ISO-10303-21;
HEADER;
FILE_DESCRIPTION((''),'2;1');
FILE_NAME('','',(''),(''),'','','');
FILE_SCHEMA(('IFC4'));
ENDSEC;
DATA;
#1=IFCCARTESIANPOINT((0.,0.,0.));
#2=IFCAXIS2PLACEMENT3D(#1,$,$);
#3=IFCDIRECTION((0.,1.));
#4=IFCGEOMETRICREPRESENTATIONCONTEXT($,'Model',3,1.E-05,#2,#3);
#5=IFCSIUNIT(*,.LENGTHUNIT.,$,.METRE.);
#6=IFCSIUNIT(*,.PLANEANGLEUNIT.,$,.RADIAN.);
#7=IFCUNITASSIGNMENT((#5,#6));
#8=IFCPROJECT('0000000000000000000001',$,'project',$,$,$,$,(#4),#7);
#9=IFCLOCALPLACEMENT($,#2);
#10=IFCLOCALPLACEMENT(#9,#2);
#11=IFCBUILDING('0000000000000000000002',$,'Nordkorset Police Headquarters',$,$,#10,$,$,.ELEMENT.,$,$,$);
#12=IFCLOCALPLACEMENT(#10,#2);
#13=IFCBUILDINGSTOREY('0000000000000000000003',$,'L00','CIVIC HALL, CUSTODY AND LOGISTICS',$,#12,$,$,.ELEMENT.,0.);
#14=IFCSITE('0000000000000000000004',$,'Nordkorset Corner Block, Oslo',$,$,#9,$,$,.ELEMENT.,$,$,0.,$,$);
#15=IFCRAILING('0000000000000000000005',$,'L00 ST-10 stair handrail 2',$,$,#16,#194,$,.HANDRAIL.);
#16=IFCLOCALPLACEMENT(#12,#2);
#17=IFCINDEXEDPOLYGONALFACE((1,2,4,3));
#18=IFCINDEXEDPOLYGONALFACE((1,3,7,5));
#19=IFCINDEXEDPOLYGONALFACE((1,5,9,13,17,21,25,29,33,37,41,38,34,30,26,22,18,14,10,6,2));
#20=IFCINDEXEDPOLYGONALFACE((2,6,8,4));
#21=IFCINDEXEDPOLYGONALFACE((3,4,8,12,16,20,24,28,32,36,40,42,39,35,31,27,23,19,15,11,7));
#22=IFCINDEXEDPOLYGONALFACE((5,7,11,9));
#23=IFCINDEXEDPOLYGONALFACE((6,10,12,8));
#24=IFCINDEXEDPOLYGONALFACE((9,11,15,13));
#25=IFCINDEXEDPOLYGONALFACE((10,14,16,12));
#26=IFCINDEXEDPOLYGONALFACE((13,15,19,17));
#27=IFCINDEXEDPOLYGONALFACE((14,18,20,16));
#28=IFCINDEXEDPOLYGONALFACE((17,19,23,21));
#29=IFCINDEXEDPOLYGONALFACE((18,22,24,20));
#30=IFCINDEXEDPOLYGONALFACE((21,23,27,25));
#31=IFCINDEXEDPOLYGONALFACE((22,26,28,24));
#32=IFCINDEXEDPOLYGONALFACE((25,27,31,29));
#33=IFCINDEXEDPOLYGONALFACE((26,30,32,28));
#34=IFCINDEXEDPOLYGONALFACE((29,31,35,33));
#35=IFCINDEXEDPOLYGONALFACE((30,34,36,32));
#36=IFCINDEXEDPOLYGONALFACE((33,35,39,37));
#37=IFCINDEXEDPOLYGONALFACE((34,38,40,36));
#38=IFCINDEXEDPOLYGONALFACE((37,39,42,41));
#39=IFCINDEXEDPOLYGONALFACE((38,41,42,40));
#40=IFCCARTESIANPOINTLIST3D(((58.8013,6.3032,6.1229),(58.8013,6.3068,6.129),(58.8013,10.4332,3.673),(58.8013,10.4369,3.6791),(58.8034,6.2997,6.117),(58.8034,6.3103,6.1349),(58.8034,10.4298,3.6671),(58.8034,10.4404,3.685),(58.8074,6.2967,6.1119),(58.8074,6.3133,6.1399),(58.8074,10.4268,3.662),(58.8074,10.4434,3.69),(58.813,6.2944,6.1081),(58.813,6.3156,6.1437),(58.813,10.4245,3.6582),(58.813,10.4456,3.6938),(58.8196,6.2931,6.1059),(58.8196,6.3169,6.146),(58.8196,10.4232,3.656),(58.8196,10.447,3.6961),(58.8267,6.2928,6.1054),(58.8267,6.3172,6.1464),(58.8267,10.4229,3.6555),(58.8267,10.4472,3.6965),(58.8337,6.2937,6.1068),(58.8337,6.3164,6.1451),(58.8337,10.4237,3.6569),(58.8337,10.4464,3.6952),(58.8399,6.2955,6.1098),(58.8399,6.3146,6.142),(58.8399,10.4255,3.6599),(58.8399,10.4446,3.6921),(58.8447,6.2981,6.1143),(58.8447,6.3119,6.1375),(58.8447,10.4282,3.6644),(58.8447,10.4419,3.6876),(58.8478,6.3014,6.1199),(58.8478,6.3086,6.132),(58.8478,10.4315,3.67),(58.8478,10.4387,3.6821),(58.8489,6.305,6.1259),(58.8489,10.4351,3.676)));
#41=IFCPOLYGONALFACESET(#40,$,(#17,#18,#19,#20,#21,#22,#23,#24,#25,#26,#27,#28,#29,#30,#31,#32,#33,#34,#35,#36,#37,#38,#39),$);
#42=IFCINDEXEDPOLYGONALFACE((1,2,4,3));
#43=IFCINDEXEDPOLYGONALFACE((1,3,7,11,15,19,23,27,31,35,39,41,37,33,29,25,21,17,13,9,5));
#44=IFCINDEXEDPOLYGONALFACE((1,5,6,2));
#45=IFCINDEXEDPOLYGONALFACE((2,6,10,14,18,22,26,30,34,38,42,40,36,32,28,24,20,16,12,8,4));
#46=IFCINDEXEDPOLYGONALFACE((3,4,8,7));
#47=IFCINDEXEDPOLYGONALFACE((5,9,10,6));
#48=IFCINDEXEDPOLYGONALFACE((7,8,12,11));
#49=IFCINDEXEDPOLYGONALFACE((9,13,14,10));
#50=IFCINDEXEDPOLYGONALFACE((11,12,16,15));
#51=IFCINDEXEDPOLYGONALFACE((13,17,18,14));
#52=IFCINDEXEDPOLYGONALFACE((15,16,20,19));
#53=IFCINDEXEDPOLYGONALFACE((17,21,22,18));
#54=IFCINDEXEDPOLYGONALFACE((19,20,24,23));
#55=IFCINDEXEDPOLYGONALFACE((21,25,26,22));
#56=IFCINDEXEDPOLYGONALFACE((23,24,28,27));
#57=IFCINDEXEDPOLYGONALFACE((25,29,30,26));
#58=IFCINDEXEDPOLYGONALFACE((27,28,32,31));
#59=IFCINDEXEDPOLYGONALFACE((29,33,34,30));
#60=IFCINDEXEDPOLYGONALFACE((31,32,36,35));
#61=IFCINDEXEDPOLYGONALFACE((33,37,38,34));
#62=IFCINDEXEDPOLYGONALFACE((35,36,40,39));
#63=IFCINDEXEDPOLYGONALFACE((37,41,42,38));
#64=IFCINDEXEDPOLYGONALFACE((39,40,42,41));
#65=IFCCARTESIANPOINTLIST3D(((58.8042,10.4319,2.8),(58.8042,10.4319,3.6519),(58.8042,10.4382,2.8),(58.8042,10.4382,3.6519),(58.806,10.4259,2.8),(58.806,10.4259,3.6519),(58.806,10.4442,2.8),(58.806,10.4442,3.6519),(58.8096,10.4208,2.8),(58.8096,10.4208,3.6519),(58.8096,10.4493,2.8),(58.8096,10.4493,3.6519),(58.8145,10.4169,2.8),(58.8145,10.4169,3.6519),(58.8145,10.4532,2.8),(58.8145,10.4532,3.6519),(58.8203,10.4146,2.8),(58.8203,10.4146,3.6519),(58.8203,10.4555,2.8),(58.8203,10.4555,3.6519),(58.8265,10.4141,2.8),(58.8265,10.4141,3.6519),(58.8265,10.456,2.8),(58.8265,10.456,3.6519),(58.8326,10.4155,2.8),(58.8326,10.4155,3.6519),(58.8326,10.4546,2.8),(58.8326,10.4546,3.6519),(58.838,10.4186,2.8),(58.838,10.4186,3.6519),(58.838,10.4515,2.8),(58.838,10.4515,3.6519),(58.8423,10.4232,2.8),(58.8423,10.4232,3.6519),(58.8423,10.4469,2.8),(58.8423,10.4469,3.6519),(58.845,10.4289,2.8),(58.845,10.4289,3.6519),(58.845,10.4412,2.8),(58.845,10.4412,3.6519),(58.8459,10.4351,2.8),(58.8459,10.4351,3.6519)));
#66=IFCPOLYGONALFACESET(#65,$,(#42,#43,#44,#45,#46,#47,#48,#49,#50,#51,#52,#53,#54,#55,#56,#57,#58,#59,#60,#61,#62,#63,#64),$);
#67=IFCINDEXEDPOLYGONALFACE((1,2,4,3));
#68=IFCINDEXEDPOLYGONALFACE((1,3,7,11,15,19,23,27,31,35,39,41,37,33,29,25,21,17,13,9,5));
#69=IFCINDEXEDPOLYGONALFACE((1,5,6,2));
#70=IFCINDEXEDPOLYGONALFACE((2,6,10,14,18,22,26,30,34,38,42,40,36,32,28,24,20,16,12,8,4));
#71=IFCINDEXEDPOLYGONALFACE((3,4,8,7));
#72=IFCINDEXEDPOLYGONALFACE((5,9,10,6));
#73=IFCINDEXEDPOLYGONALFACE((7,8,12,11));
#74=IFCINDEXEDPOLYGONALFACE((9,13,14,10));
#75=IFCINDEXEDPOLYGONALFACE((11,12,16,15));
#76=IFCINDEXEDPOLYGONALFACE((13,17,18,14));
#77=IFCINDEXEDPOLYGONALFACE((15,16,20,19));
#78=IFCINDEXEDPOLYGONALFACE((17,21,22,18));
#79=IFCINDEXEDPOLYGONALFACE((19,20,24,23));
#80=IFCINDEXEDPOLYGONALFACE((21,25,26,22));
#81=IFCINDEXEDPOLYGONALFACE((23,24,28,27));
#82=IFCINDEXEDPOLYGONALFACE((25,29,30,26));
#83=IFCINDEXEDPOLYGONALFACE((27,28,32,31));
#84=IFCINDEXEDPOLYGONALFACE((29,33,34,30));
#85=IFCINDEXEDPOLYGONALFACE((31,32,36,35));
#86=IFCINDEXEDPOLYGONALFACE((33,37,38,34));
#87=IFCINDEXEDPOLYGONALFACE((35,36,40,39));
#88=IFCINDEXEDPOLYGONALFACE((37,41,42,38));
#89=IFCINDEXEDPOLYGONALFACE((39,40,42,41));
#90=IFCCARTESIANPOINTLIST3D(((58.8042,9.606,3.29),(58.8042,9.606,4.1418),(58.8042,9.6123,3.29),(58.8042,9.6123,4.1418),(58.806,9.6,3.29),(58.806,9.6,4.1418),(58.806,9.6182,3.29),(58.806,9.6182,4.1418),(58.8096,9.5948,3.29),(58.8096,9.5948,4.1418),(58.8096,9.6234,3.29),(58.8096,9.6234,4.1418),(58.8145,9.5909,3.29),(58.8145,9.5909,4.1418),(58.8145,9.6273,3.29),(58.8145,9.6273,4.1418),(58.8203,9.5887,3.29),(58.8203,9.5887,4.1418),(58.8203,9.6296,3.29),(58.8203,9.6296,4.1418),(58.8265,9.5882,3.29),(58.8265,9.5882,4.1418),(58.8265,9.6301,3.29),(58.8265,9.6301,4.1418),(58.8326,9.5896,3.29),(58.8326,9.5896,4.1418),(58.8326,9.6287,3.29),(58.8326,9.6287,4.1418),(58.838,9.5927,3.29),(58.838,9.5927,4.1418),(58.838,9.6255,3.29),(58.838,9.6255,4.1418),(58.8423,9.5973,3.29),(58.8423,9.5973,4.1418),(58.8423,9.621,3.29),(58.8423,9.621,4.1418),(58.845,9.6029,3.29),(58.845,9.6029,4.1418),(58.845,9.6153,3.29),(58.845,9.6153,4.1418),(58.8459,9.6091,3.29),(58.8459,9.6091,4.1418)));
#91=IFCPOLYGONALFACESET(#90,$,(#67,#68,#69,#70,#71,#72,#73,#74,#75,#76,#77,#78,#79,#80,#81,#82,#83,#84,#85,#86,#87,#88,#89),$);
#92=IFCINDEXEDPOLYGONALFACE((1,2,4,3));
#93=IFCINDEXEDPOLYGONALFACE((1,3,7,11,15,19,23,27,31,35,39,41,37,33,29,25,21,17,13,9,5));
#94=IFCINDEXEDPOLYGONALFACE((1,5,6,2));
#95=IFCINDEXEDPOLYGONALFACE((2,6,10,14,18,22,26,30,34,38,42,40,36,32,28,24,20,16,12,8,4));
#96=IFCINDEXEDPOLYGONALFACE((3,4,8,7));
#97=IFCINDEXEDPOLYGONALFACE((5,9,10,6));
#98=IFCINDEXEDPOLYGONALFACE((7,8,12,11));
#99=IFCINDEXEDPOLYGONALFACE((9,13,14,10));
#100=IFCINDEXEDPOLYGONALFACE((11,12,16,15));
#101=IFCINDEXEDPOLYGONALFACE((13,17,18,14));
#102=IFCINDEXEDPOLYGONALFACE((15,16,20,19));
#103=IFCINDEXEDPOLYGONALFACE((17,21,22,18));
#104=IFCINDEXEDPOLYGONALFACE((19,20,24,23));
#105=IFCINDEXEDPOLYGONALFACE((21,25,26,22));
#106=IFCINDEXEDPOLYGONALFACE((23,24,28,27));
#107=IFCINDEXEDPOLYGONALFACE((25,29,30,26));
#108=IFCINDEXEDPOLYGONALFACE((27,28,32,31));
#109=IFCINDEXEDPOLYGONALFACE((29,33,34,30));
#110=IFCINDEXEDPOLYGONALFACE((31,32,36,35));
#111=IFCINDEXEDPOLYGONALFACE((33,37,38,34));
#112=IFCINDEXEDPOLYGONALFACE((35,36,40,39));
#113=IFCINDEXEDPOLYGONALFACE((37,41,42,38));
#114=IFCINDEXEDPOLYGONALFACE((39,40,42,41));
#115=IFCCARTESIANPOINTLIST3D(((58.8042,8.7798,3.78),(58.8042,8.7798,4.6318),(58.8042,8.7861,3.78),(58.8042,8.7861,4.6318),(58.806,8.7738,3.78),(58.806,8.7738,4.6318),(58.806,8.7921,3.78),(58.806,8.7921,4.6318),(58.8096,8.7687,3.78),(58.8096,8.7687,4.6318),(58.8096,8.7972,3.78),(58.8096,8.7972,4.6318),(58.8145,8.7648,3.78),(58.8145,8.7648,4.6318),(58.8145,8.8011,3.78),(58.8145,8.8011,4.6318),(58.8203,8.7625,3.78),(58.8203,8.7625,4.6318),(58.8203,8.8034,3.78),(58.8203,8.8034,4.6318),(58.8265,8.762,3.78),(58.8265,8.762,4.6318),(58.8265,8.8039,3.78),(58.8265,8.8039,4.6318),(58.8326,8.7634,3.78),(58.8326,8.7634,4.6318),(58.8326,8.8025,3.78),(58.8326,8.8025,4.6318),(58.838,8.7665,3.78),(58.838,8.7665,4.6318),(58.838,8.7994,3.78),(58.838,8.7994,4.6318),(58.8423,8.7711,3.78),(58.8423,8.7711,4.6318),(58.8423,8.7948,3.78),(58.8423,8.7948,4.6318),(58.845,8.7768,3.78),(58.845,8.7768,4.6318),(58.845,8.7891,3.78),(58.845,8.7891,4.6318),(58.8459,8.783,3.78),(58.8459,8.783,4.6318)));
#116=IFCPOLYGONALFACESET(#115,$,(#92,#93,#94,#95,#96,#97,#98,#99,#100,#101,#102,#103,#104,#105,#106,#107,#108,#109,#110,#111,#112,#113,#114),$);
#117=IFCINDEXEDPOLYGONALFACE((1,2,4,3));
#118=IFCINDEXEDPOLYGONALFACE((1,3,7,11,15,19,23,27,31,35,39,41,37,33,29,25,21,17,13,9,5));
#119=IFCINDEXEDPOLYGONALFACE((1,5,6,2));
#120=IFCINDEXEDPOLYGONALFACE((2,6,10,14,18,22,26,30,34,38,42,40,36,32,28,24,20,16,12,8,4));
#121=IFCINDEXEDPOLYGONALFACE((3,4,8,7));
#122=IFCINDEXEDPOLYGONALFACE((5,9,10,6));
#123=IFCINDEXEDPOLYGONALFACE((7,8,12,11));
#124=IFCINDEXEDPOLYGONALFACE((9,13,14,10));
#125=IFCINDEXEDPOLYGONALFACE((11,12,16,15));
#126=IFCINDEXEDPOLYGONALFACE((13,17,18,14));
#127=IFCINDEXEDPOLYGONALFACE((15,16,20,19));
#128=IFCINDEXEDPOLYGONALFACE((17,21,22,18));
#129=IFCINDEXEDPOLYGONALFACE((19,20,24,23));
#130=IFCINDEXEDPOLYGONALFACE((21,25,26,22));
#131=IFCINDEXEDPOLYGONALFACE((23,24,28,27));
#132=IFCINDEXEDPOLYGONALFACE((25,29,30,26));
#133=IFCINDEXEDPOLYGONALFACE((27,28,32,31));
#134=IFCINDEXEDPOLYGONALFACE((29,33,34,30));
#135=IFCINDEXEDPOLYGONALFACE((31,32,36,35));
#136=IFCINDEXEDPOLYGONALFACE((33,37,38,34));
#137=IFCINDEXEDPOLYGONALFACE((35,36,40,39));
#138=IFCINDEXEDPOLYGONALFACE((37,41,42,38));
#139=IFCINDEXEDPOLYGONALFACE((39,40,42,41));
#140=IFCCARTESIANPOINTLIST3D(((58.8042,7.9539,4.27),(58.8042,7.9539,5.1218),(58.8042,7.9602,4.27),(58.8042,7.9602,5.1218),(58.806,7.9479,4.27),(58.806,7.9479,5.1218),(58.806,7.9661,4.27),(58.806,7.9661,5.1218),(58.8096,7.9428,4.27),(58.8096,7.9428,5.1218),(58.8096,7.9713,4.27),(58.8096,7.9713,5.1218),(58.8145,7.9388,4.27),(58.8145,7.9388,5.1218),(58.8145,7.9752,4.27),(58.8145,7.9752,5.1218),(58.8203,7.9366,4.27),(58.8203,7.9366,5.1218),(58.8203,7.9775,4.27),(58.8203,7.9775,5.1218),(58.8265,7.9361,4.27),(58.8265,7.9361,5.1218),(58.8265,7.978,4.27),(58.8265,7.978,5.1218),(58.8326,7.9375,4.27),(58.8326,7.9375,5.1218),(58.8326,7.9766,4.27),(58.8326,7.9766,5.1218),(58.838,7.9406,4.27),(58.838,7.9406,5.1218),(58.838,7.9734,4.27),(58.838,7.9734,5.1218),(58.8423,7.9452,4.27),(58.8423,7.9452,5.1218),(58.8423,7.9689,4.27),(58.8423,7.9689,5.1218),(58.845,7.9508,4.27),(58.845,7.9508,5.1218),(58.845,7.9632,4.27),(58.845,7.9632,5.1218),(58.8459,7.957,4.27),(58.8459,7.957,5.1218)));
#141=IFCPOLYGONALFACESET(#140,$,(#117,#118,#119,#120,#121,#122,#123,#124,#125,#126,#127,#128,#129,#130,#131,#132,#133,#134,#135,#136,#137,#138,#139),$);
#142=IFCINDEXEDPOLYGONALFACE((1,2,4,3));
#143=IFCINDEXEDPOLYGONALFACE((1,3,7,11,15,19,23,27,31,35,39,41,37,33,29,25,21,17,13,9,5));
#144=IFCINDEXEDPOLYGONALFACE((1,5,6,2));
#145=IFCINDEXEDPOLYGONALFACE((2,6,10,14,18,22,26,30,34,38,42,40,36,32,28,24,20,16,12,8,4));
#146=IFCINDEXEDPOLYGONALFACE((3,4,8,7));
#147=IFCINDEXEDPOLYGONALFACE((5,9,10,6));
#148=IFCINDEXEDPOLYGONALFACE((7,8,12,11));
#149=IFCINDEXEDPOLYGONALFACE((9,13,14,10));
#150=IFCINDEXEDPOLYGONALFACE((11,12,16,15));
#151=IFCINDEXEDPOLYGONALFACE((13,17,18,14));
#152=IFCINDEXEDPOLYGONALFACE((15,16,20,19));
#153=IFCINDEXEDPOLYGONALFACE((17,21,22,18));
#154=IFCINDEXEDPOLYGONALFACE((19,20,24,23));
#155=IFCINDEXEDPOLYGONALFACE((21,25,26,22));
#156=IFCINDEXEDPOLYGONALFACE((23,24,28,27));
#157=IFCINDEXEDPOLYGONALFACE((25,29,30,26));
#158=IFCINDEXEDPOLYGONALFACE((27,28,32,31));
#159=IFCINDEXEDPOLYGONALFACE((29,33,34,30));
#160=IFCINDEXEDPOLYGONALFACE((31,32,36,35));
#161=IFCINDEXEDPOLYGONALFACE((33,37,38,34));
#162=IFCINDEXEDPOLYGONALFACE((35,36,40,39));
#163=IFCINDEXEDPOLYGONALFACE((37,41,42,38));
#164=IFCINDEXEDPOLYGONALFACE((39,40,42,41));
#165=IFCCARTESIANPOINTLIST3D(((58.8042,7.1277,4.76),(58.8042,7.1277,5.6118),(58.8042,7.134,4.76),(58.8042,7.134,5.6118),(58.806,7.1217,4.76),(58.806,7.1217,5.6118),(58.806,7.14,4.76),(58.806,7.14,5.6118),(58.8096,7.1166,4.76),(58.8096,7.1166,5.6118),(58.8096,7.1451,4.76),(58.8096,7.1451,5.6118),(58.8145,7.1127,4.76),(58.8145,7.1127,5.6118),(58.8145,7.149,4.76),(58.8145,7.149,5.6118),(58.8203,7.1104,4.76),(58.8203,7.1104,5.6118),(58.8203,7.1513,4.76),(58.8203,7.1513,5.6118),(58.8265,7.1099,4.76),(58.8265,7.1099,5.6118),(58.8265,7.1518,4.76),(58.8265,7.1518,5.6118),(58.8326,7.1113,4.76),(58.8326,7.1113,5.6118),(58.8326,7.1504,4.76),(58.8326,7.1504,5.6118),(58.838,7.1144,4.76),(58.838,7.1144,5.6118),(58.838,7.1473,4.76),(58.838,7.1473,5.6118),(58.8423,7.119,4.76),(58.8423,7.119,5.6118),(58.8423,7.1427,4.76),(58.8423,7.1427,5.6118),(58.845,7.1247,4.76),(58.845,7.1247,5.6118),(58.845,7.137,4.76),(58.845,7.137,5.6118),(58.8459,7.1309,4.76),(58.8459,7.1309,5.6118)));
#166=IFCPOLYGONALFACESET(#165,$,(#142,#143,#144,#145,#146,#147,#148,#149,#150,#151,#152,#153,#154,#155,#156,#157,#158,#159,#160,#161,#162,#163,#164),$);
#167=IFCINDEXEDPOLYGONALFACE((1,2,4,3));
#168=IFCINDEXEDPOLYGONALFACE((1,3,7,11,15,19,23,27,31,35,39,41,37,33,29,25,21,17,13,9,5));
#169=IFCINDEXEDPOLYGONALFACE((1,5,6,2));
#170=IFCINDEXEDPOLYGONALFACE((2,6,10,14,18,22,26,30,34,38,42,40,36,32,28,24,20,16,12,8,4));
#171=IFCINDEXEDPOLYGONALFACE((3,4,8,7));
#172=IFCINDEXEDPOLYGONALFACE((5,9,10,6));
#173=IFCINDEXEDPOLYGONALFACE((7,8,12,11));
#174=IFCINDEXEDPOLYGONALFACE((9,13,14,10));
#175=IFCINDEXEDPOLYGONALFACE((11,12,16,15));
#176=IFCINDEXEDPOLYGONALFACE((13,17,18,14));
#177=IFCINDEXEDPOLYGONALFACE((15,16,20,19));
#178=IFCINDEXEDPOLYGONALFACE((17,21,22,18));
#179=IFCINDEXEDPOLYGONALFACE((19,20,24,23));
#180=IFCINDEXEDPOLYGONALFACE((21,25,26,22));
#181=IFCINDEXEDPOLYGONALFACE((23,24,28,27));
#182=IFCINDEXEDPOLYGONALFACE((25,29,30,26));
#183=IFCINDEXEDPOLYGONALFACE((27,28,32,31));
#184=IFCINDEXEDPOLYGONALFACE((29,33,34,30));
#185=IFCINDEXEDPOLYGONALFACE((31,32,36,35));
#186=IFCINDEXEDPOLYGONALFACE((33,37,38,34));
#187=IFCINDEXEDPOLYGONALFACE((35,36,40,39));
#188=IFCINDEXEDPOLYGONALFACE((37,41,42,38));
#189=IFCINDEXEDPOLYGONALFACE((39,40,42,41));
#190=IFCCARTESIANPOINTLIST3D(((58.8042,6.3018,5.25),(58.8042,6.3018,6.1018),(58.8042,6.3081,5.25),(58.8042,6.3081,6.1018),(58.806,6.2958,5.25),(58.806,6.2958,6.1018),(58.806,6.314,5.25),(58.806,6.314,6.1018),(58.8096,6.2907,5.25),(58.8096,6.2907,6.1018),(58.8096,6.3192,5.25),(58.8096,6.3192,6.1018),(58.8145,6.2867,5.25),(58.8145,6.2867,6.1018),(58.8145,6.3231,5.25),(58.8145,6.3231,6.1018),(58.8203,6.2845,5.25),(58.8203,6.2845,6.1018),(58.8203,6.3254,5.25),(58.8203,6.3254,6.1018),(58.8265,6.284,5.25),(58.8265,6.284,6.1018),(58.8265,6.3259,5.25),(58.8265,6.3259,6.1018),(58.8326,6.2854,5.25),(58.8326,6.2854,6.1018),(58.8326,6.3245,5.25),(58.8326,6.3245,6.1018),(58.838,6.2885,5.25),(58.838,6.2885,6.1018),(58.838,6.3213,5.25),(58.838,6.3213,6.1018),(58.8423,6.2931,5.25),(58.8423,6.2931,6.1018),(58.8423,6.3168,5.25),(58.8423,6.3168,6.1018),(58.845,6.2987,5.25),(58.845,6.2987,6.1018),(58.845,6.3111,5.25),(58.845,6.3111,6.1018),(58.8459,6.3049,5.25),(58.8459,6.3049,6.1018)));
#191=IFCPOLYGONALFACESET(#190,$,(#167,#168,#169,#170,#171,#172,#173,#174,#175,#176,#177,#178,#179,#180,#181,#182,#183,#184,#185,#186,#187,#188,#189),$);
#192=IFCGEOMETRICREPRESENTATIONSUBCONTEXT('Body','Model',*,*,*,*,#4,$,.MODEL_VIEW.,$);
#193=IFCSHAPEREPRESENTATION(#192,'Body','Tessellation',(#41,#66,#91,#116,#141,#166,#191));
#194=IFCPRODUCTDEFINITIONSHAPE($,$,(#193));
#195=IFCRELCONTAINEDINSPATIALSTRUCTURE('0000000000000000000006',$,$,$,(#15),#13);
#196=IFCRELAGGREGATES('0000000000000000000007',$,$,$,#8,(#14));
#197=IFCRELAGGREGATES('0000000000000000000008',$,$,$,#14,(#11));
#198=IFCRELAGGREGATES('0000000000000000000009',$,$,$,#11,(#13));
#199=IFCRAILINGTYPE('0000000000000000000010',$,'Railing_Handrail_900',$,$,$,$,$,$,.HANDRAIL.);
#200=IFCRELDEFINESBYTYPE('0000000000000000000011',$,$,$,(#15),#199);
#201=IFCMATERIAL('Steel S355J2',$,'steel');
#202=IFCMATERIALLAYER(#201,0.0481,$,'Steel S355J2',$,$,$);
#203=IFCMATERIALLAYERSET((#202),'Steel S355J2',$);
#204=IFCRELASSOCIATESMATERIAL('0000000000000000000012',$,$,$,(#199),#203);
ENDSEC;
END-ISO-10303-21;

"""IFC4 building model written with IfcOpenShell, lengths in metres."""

from ifc_helpers import new_model, si_unit, direction, frame, origin, origin_2d, place, context, subcontext, project, spatial, circle, extrude, material, layer, layer_set, type_object, element, save


model = new_model("IFC4")

# Units and contexts
model_context = context("Model", 3, precision=1e-05, world=origin(), true_north=direction((0.0, 1.0)))
body_context = subcontext(model_context, "Body", "Model", "MODEL_VIEW")
ifc_project = project(units=[si_unit("LENGTHUNIT", "METRE"), si_unit("PLANEANGLEUNIT", "RADIAN")], contexts=[model_context])

# Site, building, storey
site_placement = place(None, origin())
site = spatial("IfcSite", under=ifc_project, at=site_placement, Name="Nordkorset Corner Block, Oslo", CompositionType="ELEMENT", RefElevation=0.0)
building_placement = place(site_placement, origin())
building = spatial("IfcBuilding", under=site, at=building_placement, Name="Nordkorset Police Headquarters", CompositionType="ELEMENT")
storey_placement = place(building_placement, origin())
storey = spatial("IfcBuildingStorey", under=building, at=storey_placement, Name="L00", Description="CIVIC HALL, CUSTODY AND LOGISTICS", CompositionType="ELEMENT", Elevation=0.0)

# Railing
ifc_material_1 = material(Name="Steel S355J2", Category="steel")
ifc_layer_1 = layer(ifc_material_1, 0.0481, Name="Steel S355J2")
ifc_layer_set_1 = layer_set([ifc_layer_1], Name="Steel S355J2")
railing_type_1 = type_object("IfcRailingType", Name="Railing_Handrail_900", PredefinedType="HANDRAIL", material=ifc_layer_set_1)
railing_1_placement = place(storey_placement, frame((58.825, 10.4351, 2.8)))
element("IfcRailing", 1, at=railing_1_placement, inside=storey, type_object=railing_type_1, Name="L00 ST-10 stair handrail 2", PredefinedType="HANDRAIL", context=body_context, shape_type="SweptSolid", body=[
    extrude(circle(Radius=0.0239, at=origin_2d()), frame((0.0, 0.0, 0.876), z_axis=(0.0, -0.860066, 0.510183), x_axis=(1.0, 0.0, 0.0)), (0.0, 0.0, 1.0), 4.802),
    extrude(circle(Radius=0.021, at=origin_2d()), origin(), (0.0, 0.0, 1.0), 0.8518),
    extrude(circle(Radius=0.021, at=origin_2d()), frame((0.0, -0.8259, 0.49)), (0.0, 0.0, 1.0), 0.8518),
    extrude(circle(Radius=0.021, at=origin_2d()), frame((0.0, -1.6521, 0.98)), (0.0, 0.0, 1.0), 0.8518),
    extrude(circle(Radius=0.021, at=origin_2d()), frame((0.0, -2.478, 1.47)), (0.0, 0.0, 1.0), 0.8518),
    extrude(circle(Radius=0.021, at=origin_2d()), frame((0.0, -3.3042, 1.96)), (0.0, 0.0, 1.0), 0.8518),
    extrude(circle(Radius=0.021, at=origin_2d()), frame((0.0, -4.1301, 2.45)), (0.0, 0.0, 1.0), 0.8518),
])

save(model, "model.ifc")
